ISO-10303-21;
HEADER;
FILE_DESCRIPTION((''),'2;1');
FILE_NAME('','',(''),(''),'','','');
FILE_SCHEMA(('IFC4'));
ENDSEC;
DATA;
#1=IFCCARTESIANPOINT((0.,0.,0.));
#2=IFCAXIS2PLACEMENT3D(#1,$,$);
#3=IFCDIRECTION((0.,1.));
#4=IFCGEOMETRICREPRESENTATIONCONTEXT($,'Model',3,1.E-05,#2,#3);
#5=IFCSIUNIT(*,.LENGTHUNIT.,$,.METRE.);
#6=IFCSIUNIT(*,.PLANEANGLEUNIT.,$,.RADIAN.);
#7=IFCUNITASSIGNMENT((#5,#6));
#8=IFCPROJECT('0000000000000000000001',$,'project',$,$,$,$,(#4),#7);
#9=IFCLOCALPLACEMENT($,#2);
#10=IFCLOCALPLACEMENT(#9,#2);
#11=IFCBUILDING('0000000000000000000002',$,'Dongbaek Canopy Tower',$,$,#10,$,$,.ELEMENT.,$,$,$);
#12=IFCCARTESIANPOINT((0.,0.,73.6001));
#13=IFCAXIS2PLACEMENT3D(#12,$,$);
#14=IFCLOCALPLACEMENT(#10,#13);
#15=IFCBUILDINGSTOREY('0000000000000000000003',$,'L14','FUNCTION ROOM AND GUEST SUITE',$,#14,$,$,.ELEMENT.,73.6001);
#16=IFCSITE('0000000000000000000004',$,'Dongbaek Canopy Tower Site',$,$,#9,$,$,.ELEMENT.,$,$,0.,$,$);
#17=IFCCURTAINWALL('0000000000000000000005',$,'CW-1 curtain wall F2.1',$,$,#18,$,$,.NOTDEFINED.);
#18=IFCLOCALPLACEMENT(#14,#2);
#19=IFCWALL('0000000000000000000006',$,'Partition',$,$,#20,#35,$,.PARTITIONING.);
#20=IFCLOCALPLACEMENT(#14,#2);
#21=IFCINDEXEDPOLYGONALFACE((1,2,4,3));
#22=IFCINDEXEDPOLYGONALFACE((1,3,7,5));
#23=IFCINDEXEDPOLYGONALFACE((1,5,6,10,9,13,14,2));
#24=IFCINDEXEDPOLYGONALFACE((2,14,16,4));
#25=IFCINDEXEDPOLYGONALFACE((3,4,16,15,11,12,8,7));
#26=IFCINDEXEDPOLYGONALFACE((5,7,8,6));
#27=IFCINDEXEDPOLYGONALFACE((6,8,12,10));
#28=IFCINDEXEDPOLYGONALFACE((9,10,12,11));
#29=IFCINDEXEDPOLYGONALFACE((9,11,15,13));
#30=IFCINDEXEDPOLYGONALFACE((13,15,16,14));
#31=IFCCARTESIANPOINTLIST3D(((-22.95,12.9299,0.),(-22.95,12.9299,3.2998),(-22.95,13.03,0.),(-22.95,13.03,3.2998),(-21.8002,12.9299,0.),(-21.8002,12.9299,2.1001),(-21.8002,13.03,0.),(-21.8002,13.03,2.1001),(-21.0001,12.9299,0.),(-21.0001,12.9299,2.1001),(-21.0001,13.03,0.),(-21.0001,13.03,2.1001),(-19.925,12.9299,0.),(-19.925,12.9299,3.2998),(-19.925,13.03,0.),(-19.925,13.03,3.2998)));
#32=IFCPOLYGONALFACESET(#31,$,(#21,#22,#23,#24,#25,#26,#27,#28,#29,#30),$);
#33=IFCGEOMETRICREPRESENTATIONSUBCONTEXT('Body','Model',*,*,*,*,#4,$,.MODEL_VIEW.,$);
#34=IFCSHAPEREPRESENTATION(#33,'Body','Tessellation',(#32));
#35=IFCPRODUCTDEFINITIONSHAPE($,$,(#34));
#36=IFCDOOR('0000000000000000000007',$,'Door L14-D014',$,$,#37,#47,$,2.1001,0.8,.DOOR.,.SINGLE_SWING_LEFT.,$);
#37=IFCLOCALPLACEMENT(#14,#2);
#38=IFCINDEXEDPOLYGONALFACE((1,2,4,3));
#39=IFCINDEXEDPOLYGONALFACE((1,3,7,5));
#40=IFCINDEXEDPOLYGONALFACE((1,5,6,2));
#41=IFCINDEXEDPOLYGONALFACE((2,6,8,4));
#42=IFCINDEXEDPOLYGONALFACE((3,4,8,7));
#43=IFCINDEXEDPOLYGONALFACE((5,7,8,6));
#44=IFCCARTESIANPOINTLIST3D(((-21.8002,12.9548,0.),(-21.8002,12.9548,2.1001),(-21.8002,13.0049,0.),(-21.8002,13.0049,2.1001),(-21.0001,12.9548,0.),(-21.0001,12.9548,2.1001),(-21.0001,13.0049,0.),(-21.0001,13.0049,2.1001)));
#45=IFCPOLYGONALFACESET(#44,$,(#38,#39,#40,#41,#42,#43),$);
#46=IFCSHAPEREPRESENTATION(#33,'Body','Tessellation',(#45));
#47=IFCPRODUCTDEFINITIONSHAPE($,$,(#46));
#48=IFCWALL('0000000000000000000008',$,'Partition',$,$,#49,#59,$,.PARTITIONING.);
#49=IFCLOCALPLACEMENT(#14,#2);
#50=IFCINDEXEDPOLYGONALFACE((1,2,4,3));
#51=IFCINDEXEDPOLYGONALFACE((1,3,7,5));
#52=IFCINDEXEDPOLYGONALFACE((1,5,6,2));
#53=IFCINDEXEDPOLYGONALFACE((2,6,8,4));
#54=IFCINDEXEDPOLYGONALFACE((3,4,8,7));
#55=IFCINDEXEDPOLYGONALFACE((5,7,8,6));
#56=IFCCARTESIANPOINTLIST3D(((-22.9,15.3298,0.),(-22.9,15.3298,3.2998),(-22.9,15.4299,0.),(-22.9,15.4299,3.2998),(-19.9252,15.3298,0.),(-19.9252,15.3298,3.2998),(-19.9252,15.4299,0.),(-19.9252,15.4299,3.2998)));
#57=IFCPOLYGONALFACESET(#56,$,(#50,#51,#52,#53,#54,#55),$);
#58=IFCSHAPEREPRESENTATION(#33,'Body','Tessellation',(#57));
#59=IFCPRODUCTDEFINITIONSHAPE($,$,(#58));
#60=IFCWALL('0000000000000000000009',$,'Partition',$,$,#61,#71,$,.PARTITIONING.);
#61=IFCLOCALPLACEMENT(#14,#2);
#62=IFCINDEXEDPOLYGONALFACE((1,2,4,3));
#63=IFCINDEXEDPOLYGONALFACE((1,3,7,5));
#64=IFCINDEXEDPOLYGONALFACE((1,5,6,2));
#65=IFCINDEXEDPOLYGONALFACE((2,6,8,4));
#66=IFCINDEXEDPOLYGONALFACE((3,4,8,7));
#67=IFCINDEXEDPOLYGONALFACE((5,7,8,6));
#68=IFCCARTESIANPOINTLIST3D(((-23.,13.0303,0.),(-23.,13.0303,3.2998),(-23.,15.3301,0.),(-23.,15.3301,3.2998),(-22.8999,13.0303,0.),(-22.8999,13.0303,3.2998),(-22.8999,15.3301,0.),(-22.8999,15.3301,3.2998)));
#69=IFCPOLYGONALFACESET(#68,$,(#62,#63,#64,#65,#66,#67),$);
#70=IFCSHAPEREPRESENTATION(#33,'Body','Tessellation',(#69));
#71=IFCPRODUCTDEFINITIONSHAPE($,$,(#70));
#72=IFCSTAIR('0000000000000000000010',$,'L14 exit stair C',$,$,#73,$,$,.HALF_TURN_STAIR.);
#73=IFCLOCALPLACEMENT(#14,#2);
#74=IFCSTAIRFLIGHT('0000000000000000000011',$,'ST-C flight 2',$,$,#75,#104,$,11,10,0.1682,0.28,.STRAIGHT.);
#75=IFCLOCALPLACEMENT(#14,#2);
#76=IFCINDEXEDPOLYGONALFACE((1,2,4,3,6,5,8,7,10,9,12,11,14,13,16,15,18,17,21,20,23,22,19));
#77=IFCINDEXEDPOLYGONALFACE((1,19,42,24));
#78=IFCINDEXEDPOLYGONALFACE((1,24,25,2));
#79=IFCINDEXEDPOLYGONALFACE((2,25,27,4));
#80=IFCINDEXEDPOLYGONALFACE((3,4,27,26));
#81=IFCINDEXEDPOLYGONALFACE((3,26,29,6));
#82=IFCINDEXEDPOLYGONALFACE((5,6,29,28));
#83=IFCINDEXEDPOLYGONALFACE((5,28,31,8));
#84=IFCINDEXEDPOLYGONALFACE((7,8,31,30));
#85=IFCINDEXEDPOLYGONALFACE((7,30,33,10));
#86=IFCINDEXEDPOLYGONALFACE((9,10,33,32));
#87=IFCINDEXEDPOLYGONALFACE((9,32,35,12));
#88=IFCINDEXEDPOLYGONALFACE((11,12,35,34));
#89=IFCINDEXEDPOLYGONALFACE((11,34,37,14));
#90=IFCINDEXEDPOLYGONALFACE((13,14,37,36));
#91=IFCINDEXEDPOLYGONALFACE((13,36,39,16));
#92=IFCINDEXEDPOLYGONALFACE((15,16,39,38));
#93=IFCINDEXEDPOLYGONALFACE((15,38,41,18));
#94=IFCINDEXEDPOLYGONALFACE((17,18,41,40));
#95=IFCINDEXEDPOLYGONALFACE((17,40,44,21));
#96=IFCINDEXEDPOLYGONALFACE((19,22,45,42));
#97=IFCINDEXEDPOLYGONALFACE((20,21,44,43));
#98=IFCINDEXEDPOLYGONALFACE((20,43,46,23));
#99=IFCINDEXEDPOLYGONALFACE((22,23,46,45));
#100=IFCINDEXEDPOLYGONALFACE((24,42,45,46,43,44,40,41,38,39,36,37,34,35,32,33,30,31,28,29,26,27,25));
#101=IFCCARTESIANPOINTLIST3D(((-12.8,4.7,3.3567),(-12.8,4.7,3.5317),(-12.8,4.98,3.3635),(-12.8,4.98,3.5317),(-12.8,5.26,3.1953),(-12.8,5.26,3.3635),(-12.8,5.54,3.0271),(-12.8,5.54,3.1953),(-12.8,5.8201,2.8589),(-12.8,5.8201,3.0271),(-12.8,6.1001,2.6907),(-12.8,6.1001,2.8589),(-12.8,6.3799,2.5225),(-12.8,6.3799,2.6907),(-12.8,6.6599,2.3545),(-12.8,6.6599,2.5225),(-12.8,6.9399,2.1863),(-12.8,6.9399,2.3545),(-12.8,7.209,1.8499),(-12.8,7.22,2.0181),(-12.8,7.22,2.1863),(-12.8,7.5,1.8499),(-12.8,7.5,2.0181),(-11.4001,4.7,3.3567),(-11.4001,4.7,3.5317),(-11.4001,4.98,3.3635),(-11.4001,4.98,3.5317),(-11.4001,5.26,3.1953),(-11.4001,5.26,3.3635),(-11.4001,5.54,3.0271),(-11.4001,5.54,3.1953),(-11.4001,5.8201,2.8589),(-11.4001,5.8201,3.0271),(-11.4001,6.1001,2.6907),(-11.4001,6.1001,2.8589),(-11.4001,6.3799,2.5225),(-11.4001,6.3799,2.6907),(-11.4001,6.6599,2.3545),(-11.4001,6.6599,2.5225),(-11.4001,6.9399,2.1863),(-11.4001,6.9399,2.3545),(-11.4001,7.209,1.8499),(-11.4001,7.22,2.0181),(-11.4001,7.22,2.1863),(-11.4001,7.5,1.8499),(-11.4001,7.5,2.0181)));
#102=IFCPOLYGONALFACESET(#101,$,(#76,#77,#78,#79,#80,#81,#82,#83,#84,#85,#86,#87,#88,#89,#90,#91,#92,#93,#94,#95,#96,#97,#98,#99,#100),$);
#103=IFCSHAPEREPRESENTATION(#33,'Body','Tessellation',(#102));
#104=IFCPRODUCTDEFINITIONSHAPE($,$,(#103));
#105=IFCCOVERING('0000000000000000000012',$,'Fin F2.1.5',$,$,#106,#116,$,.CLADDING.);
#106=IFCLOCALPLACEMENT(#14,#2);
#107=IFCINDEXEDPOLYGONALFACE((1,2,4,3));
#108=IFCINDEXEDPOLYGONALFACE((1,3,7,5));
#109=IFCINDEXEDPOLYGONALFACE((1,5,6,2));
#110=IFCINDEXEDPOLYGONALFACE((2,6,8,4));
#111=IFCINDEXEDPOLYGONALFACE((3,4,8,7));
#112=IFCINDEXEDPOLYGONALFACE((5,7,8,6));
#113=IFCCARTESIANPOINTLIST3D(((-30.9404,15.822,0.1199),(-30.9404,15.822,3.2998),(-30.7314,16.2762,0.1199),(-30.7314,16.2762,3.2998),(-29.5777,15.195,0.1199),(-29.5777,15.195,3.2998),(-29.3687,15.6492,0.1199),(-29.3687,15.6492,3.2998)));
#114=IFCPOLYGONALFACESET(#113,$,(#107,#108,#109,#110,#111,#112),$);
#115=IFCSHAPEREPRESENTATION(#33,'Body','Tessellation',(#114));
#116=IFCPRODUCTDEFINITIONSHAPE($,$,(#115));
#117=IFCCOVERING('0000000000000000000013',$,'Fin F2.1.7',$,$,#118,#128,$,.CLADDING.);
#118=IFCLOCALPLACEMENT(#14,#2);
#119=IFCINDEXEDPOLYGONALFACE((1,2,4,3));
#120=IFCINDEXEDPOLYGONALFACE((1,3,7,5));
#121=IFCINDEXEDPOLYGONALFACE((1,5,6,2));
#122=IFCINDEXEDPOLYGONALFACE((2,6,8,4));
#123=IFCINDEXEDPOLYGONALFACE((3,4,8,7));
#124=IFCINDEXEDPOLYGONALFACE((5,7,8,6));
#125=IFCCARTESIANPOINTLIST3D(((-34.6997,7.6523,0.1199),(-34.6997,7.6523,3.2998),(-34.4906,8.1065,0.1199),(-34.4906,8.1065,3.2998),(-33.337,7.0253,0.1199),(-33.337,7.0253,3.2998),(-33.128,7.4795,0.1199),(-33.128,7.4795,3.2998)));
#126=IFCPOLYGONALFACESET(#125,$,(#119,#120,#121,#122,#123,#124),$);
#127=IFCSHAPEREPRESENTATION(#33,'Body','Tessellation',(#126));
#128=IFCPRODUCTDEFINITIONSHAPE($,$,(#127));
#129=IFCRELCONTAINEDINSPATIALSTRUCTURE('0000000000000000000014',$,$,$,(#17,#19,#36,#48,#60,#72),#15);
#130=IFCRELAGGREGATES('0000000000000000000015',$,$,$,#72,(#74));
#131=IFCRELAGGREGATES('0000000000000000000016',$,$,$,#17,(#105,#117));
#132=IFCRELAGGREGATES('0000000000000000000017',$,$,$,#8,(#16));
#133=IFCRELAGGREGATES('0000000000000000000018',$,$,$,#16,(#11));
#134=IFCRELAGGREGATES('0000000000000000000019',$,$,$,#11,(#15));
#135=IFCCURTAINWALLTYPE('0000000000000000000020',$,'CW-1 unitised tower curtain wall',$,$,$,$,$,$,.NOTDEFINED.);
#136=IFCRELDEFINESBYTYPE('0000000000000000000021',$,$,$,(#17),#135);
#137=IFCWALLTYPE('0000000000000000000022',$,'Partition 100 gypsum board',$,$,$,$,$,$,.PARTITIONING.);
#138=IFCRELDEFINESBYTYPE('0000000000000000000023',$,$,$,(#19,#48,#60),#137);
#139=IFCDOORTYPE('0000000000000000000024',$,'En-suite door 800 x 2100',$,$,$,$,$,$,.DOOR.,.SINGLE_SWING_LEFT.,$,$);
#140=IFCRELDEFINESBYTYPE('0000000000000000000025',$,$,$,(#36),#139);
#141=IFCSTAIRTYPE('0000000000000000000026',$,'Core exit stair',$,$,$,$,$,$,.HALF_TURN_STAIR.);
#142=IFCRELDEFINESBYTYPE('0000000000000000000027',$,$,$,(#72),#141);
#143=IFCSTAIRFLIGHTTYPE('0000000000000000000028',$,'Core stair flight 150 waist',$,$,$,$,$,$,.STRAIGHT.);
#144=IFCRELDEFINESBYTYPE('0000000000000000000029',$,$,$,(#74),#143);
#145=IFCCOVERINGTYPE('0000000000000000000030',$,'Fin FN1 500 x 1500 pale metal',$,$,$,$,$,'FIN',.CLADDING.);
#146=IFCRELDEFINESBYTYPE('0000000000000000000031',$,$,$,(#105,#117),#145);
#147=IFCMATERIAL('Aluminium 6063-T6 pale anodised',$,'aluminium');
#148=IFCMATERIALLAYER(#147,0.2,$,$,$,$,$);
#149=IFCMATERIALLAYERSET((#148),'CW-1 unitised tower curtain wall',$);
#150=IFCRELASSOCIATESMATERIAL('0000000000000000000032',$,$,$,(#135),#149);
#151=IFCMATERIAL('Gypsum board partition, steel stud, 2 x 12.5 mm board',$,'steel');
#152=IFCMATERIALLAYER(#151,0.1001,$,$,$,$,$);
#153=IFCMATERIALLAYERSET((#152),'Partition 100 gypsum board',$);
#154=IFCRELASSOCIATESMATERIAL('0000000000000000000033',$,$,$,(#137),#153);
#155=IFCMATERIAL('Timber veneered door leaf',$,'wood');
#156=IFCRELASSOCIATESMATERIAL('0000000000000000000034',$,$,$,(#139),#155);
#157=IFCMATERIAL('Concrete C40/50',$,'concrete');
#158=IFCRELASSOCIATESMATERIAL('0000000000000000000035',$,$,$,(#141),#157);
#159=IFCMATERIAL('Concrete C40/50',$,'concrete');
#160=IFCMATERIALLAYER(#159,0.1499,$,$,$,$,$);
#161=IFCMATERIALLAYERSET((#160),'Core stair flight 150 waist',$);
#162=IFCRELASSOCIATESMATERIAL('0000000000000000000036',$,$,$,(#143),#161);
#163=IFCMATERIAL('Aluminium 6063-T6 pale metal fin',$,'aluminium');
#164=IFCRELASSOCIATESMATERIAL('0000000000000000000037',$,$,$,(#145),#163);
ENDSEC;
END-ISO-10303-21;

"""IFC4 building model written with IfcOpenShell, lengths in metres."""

from ifc_helpers import new_model, si_unit, direction, frame, frame_2d, origin, origin_2d, place, context, subcontext, project, spatial, polyline, rectangle, outline, extrude, material, layer, layer_set, material_profile, profile_set, type_object, element, fill, aggregate, save


model = new_model("IFC4")

# Units and contexts
model_context = context("Model", 3, precision=1e-05, world=origin(), true_north=direction((0.0, 1.0)))
body_context = subcontext(model_context, "Body", "Model", "MODEL_VIEW")
ifc_project = project(units=[si_unit("LENGTHUNIT", "METRE"), si_unit("PLANEANGLEUNIT", "RADIAN")], contexts=[model_context])

# Site, building, storey
site_placement = place(None, origin())
site = spatial("IfcSite", under=ifc_project, at=site_placement, Name="Dongbaek Canopy Tower Site", CompositionType="ELEMENT", RefElevation=0.0)
building_placement = place(site_placement, origin())
building = spatial("IfcBuilding", under=site, at=building_placement, Name="Dongbaek Canopy Tower", CompositionType="ELEMENT")
storey_placement = place(building_placement, frame((0.0, 0.0, 73.6001)))
storey = spatial("IfcBuildingStorey", under=building, at=storey_placement, Name="L14", Description="FUNCTION ROOM AND GUEST SUITE", CompositionType="ELEMENT", Elevation=73.6001)

# Curtain wall
ifc_material_1 = material(Name="Aluminium 6063-T6 pale anodised", Category="aluminium")
ifc_layer_1 = layer(ifc_material_1, 0.2)
ifc_layer_set_1 = layer_set([ifc_layer_1], Name="CW-1 unitised tower curtain wall")
curtain_wall_type = type_object("IfcCurtainWallType", Name="CW-1 unitised tower curtain wall", PredefinedType="NOTDEFINED", material=ifc_layer_set_1)
curtain_wall_placement = place(storey_placement, origin())
curtain_wall = element("IfcCurtainWall", 1, at=curtain_wall_placement, inside=storey, type_object=curtain_wall_type, Name="CW-1 curtain wall F2.1", PredefinedType="NOTDEFINED")

# Shared definitions
ifc_material_2 = material(Name="Gypsum board partition, steel stud, 2 x 12.5 mm board", Category="steel")
ifc_layer_2 = layer(ifc_material_2, 0.1001)
ifc_layer_set_2 = layer_set([ifc_layer_2], Name="Partition 100 gypsum board")
wall_type_1 = type_object("IfcWallType", Name="Partition 100 gypsum board", PredefinedType="PARTITIONING", material=ifc_layer_set_2)

# Shared definitions
ifc_material_3 = material(Name="Timber veneered door leaf", Category="wood")
door_type_1 = type_object("IfcDoorType", Name="En-suite door 800 x 2100", OperationType="SINGLE_SWING_LEFT", PredefinedType="DOOR", material=ifc_material_3)

# Wall, opening, door
wall_1_placement = place(storey_placement, frame((-22.95, 12.98, 0.0), z_axis=(0.0, 0.0, 1.0), x_axis=(1.0, 0.0, 0.0)))
wall_1 = element("IfcWall", 2, at=wall_1_placement, inside=storey, type_object=wall_type_1, Name="Partition", PredefinedType="PARTITIONING", context=body_context, shape_type="SweptSolid", body=[
    extrude(rectangle(XDim=3.0249, YDim=0.1001, at=frame_2d((1.5125, 0.0))), origin(), (0.0, 0.0, 1.0), 3.2998),
])
opening_1_placement = place(wall_1_placement, frame((1.1499, 0.0, 0.0)))
opening_1 = element("IfcOpeningElement", 3, at=opening_1_placement, cuts=wall_1, PredefinedType="OPENING", context=body_context, shape_type="SweptSolid", body=[
    extrude(rectangle(XDim=0.8, YDim=2.1001, at=frame_2d((0.3999, 1.05))), frame((0.0, 0.0601, 0.0), z_axis=(0.0, -1.0, 0.0), x_axis=(1.0, 0.0, 0.0)), (0.0, 0.0, 1.0), 0.1201),
])
door_1_placement = place(opening_1_placement, origin())
door_1 = element("IfcDoor", 4, at=door_1_placement, inside=storey, type_object=door_type_1, Name="Door L14-D014", OperationType="SINGLE_SWING_LEFT", OverallHeight=2.1001, OverallWidth=0.8, PredefinedType="DOOR", context=body_context, shape_type="SweptSolid", body=[
    extrude(rectangle(XDim=0.8, YDim=2.1001, at=frame_2d((0.3999, 1.05))), frame((0.0, 0.0249, 0.0), z_axis=(0.0, -1.0, 0.0), x_axis=(1.0, 0.0, 0.0)), (0.0, 0.0, 1.0), 0.05),
])
fill(opening_1, door_1)

# Walls
wall_2_placement = place(storey_placement, frame((-22.8999, 15.3799, 0.0), z_axis=(0.0, 0.0, 1.0), x_axis=(1.0, 0.0, 0.0)))
element("IfcWall", 5, at=wall_2_placement, inside=storey, type_object=wall_type_1, Name="Partition", PredefinedType="PARTITIONING", context=body_context, shape_type="SweptSolid", body=[
    extrude(rectangle(XDim=2.9749, YDim=0.1001, at=frame_2d((1.4873, 0.0))), origin(), (0.0, 0.0, 1.0), 3.2998),
])
wall_3_placement = place(storey_placement, frame((-22.95, 13.0303, 0.0), z_axis=(0.0, 0.0, 1.0), x_axis=(0.0, 1.0, 0.0)))
element("IfcWall", 6, at=wall_3_placement, inside=storey, type_object=wall_type_1, Name="Partition", PredefinedType="PARTITIONING", context=body_context, shape_type="SweptSolid", body=[
    extrude(rectangle(XDim=2.2998, YDim=0.1001, at=frame_2d((1.1499, 0.0))), origin(), (0.0, 0.0, 1.0), 3.2998),
])

# Stair, stair flight
ifc_material_4 = material(Name="Concrete C40/50", Category="concrete")
stair_type = type_object("IfcStairType", Name="Core exit stair", PredefinedType="HALF_TURN_STAIR", material=ifc_material_4)
stair_placement = place(storey_placement, origin())
stair = element("IfcStair", 7, at=stair_placement, inside=storey, type_object=stair_type, Name="L14 exit stair C", PredefinedType="HALF_TURN_STAIR")
ifc_material_5 = material(Name="Concrete C40/50", Category="concrete")
ifc_layer_3 = layer(ifc_material_5, 0.1499)
ifc_layer_set_3 = layer_set([ifc_layer_3], Name="Core stair flight 150 waist")
stair_flight_type = type_object("IfcStairFlightType", Name="Core stair flight 150 waist", PredefinedType="STRAIGHT", material=ifc_layer_set_3)
stair_flight_placement = place(storey_placement, frame((-12.1001, 7.5, 1.8499), z_axis=(0.0, 0.0, 1.0), x_axis=(0.0, -1.0, 0.0)))
stair_flight = element("IfcStairFlight", 8, at=stair_flight_placement, type_object=stair_flight_type, Name="ST-C flight 2", NumberOfRisers=11, NumberOfTreads=10, PredefinedType="STRAIGHT", RiserHeight=0.1682, TreadLength=0.28, context=body_context, shape_type="SweptSolid", body=[
    extrude(outline(polyline([(0.0, 0.0), (0.0, 0.1682), (0.28, 0.1682), (0.28, 0.3364), (0.5601, 0.3364), (0.5601, 0.5046), (0.8401, 0.5046), (0.8401, 0.6726), (1.1201, 0.6726), (1.1201, 0.8408), (1.3999, 0.8408), (1.3999, 1.009), (1.6799, 1.009), (1.6799, 1.1772), (1.96, 1.1772), (1.96, 1.3455), (2.24, 1.3455), (2.24, 1.5137), (2.52, 1.5137), (2.52, 1.6819), (2.8, 1.6819), (2.8, 1.8501), (2.8, 1.5068), (0.291, 0.0), (0.0, 0.0)])), frame((0.0, 0.7, 0.0), z_axis=(0.0, -1.0, 0.0), x_axis=(1.0, 0.0, 0.0)), (0.0, 0.0, 1.0), 1.3999),
])
aggregate(stair, [stair_flight])

# Coverings
ifc_material_6 = material(Name="Aluminium 6063-T6 pale metal fin", Category="aluminium")
ifc_material_profile_1 = material_profile(ifc_material_6, rectangle(XDim=1.5, YDim=0.5, at=origin_2d()), Name="Fin FN1 500 x 1500 pale metal")
ifc_profile_set_1 = profile_set([ifc_material_profile_1], Name="Aluminium 6063-T6 pale metal fin")
covering_type = type_object("IfcCoveringType", Name="Fin FN1 500 x 1500 pale metal", ElementType="FIN", PredefinedType="CLADDING", material=ifc_profile_set_1)
covering_1_placement = place(storey_placement, frame((-30.1545, 15.7356, 0.1199), z_axis=(0.0, 0.0, 1.0), x_axis=(-0.908436, 0.418025, 0.0)))
covering_1 = element("IfcCovering", 9, at=covering_1_placement, type_object=covering_type, Name="Fin F2.1.5", PredefinedType="CLADDING", context=body_context, shape_type="SweptSolid", body=[
    extrude(rectangle(XDim=1.5, YDim=0.5, at=origin_2d()), origin(), (0.0, 0.0, 1.0), 3.1799),
])
covering_2_placement = place(storey_placement, frame((-33.9138, 7.5659, 0.1199), z_axis=(0.0, 0.0, 1.0), x_axis=(-0.908436, 0.418025, 0.0)))
covering_2 = element("IfcCovering", 10, at=covering_2_placement, type_object=covering_type, Name="Fin F2.1.7", PredefinedType="CLADDING", context=body_context, shape_type="SweptSolid", body=[
    extrude(rectangle(XDim=1.5, YDim=0.5, at=origin_2d()), origin(), (0.0, 0.0, 1.0), 3.1799),
])
aggregate(curtain_wall, [covering_1, covering_2])

save(model, "model.ifc")
